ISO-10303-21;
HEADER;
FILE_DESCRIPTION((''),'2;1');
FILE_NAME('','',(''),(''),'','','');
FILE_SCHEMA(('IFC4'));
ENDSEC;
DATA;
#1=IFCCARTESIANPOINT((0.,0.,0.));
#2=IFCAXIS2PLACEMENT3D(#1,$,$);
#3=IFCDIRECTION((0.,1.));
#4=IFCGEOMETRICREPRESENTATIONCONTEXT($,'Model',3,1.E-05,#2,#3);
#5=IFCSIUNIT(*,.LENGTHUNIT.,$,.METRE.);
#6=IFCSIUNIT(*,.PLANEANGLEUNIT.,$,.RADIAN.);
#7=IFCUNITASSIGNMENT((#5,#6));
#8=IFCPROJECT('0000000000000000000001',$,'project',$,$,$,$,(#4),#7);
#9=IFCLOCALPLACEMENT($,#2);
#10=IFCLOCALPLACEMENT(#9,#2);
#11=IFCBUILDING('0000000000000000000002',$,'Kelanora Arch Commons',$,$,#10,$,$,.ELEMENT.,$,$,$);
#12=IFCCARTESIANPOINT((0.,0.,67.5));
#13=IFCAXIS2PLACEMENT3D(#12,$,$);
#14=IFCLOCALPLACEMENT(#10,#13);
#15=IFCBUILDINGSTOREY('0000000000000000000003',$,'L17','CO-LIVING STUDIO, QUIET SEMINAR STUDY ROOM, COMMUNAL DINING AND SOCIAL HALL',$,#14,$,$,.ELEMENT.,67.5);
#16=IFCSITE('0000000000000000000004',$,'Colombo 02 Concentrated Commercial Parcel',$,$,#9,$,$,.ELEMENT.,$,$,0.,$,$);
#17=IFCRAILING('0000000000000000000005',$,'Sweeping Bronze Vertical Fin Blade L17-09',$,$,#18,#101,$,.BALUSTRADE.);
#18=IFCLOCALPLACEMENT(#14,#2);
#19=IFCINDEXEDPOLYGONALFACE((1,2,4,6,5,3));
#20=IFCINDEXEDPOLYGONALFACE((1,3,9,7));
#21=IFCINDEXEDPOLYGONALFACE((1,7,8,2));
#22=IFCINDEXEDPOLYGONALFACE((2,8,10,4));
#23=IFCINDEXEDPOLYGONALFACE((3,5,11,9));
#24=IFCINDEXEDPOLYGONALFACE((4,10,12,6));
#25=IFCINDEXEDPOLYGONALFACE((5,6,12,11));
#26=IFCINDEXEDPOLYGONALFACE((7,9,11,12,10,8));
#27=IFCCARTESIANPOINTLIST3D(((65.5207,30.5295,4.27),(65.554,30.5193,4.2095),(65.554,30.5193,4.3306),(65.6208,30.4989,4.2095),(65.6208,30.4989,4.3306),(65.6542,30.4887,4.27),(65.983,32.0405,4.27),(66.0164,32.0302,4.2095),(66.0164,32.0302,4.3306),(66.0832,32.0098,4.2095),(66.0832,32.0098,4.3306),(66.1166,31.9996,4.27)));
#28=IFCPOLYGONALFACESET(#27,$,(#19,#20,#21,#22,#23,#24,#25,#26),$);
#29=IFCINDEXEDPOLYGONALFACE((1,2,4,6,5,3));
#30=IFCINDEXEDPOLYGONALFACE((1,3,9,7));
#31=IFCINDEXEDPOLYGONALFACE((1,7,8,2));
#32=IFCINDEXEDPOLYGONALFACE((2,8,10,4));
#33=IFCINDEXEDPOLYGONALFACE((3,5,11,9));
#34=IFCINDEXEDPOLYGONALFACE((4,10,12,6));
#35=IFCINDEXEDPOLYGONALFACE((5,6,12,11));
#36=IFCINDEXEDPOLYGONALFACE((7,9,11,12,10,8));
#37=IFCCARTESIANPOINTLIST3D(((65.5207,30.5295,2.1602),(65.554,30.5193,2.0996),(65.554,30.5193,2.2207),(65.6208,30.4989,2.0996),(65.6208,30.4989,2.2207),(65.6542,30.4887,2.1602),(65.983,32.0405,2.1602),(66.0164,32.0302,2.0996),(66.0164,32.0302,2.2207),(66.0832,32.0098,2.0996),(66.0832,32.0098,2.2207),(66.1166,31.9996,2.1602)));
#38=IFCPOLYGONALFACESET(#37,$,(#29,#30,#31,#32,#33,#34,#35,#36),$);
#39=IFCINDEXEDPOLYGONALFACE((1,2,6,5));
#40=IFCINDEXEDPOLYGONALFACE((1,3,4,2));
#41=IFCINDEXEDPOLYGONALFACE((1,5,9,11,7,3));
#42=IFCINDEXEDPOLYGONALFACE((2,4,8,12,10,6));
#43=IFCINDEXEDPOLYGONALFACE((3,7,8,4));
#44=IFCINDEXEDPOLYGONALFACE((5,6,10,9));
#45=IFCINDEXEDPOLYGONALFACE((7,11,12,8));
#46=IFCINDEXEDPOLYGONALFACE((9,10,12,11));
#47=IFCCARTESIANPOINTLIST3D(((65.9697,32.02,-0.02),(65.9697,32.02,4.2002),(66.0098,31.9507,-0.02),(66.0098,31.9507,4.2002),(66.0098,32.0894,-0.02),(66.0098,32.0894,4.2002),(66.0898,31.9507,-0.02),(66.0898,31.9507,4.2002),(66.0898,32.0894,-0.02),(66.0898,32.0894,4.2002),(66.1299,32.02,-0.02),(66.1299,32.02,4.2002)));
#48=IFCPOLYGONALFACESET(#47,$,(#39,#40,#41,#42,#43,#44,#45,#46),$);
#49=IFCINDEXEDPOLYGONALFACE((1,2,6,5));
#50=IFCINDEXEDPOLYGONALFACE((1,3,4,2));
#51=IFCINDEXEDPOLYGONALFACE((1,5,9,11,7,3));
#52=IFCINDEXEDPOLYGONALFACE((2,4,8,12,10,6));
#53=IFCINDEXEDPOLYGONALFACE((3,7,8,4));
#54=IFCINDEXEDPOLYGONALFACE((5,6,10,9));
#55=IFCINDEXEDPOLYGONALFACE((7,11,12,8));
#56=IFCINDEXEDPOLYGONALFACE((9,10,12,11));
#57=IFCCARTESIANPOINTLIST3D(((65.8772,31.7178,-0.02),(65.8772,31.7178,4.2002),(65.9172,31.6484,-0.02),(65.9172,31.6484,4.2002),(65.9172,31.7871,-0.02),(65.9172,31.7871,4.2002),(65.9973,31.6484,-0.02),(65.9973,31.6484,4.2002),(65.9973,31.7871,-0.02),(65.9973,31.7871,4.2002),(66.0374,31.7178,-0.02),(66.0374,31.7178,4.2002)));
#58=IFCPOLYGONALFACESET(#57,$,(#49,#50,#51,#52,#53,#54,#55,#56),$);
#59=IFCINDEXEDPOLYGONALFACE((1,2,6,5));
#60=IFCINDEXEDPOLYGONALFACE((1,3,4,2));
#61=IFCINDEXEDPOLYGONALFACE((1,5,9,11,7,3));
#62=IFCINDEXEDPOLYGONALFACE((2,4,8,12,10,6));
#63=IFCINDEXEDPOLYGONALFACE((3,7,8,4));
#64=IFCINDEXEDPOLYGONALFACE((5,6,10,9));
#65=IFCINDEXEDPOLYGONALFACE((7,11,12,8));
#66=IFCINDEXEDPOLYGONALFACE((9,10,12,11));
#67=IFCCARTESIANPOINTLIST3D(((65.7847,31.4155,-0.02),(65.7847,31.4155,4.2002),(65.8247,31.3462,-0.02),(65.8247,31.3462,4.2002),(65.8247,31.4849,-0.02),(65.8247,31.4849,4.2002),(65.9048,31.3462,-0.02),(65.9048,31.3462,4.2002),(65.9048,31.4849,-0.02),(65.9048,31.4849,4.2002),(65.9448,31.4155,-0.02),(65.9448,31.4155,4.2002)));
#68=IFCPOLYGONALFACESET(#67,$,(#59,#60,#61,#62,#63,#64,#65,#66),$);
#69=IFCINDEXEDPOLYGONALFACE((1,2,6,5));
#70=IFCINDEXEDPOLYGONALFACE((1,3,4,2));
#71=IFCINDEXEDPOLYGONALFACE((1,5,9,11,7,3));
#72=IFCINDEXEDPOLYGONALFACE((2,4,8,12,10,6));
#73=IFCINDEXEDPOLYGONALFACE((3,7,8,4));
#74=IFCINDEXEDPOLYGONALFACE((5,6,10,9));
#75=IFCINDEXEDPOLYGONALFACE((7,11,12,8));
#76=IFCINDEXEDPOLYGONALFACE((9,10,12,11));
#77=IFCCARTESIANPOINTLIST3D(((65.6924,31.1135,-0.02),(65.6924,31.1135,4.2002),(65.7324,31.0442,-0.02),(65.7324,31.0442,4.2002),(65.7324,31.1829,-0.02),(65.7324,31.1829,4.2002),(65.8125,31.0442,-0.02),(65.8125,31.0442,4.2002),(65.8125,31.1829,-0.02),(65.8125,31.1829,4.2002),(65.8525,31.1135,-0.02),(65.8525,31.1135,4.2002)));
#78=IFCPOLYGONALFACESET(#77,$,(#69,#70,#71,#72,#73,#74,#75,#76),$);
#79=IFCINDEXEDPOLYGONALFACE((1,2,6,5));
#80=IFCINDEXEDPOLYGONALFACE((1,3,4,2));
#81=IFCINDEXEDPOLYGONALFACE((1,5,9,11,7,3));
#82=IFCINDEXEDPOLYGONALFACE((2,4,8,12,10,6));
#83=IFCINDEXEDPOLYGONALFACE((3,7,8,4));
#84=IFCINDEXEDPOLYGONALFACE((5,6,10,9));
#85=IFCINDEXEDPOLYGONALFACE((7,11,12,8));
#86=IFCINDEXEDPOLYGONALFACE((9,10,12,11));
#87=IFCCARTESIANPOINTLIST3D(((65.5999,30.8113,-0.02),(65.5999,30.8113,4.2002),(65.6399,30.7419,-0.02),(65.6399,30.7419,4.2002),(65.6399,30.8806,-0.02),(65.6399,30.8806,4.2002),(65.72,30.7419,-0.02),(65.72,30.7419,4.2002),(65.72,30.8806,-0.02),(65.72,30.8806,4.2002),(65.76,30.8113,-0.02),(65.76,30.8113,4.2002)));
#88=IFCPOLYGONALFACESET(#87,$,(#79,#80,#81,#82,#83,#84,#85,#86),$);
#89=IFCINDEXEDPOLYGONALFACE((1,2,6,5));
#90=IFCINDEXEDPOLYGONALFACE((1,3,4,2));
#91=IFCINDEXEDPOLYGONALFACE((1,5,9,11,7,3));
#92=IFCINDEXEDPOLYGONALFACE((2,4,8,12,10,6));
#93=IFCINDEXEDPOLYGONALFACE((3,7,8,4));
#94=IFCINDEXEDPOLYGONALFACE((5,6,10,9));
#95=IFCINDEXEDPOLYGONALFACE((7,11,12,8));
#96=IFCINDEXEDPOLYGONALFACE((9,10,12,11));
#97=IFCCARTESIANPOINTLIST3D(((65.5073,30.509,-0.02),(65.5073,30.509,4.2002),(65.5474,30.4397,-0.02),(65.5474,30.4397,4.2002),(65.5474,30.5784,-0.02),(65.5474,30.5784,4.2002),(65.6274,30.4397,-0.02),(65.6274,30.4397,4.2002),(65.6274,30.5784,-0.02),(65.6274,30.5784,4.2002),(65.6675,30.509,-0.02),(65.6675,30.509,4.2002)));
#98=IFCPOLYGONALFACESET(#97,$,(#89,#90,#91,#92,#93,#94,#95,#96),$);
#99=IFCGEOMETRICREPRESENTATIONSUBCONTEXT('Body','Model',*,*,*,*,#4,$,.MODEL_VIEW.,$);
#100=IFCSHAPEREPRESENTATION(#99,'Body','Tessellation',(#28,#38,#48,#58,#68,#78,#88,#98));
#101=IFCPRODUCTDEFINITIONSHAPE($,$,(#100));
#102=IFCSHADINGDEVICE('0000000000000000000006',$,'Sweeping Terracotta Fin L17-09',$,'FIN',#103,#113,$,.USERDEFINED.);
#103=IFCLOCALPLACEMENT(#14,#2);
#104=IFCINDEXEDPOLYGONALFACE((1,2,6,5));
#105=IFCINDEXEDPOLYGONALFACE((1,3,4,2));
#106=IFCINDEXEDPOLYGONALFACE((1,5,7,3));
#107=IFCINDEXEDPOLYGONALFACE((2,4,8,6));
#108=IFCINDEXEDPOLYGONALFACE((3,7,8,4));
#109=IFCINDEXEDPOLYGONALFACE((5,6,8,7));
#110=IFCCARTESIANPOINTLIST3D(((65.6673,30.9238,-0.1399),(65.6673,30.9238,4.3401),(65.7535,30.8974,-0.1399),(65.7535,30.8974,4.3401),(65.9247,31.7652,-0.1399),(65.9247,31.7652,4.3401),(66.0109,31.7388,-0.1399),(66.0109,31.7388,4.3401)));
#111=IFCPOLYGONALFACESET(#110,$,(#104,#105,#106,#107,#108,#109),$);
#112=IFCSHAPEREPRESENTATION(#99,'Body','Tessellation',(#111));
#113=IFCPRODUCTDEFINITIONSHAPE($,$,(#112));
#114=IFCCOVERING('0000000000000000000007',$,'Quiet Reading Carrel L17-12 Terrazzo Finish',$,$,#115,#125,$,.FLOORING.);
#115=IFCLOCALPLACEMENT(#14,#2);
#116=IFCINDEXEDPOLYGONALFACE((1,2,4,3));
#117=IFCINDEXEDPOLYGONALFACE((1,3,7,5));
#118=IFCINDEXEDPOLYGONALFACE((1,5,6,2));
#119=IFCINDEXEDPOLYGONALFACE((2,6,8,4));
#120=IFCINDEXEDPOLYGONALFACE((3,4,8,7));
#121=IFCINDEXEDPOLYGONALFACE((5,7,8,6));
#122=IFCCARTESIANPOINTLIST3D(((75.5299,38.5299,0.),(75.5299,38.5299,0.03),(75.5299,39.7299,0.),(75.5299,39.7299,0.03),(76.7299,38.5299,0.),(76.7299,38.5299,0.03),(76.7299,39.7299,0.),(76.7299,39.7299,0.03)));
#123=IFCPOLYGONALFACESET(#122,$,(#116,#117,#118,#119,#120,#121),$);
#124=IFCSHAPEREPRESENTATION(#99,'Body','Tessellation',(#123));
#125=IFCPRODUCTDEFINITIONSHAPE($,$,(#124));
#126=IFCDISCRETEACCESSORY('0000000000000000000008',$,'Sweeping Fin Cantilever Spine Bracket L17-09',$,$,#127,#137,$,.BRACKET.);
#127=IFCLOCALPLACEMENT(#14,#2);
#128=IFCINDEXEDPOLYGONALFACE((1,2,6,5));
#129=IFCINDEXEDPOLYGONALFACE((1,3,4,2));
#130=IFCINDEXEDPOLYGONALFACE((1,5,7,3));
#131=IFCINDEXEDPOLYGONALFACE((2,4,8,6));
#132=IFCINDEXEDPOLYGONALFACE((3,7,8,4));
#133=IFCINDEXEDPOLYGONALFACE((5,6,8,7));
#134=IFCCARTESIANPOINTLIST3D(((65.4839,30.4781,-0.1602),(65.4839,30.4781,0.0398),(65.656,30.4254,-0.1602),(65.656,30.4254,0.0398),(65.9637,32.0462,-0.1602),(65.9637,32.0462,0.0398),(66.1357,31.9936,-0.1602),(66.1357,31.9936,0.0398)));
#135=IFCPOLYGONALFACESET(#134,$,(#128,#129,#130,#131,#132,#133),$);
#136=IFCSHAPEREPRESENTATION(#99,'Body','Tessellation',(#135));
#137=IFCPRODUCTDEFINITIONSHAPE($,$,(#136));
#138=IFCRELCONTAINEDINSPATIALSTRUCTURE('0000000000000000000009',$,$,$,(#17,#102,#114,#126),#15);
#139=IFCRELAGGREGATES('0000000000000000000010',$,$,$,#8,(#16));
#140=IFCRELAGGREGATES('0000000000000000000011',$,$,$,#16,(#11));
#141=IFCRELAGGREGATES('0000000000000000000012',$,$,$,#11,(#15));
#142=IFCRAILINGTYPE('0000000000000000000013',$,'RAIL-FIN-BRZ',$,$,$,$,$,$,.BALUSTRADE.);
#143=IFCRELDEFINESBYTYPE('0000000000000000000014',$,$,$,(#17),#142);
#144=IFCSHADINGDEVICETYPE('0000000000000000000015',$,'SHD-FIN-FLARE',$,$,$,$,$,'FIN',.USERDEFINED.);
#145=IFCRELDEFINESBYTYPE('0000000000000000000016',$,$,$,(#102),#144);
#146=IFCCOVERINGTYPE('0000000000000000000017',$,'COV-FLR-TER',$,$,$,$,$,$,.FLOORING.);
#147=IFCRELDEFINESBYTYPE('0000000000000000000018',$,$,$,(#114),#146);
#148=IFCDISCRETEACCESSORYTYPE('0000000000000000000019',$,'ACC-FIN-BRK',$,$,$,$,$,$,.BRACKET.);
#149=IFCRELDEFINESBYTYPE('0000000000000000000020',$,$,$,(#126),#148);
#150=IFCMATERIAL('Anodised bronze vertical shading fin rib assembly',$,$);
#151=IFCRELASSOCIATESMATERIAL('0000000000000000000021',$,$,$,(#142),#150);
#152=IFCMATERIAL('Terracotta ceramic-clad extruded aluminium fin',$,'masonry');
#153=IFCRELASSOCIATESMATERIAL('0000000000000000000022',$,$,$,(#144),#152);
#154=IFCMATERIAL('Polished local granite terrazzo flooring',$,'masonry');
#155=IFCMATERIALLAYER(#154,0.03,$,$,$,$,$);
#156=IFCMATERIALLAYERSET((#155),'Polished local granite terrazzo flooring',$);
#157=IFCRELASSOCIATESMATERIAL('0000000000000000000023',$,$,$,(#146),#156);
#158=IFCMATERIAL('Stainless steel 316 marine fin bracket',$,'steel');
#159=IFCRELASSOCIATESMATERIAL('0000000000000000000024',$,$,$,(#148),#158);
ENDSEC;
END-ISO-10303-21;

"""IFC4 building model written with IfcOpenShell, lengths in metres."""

from ifc_helpers import new_model, si_unit, direction, frame, origin, origin_2d, place, context, subcontext, project, spatial, polyline, rectangle, outline, extrude, source, transform, mapped, material, layer, layer_set, type_object, element, save


model = new_model("IFC4")

# Units and contexts
model_context = context("Model", 3, precision=1e-05, world=origin(), true_north=direction((0.0, 1.0)))
body_context = subcontext(model_context, "Body", "Model", "MODEL_VIEW")
ifc_project = project(units=[si_unit("LENGTHUNIT", "METRE"), si_unit("PLANEANGLEUNIT", "RADIAN")], contexts=[model_context])

# Site, building, storey
site_placement = place(None, origin())
site = spatial("IfcSite", under=ifc_project, at=site_placement, Name="Colombo 02 Concentrated Commercial Parcel", CompositionType="ELEMENT", RefElevation=0.0)
building_placement = place(site_placement, origin())
building = spatial("IfcBuilding", under=site, at=building_placement, Name="Kelanora Arch Commons", CompositionType="ELEMENT")
storey_placement = place(building_placement, frame((0.0, 0.0, 67.5)))
storey = spatial("IfcBuildingStorey", under=building, at=storey_placement, Name="L17", Description="CO-LIVING STUDIO, QUIET SEMINAR STUDY ROOM, COMMUNAL DINING AND SOCIAL HALL", CompositionType="ELEMENT", Elevation=67.5)

# Railing
ifc_material_1 = material(Name="Anodised bronze vertical shading fin rib assembly")
railing_type = type_object("IfcRailingType", Name="RAIL-FIN-BRZ", PredefinedType="BALUSTRADE", material=ifc_material_1)
railing_placement = place(storey_placement, frame((66.0498, 32.02, -0.02)))
element("IfcRailing", 1, at=railing_placement, inside=storey, type_object=railing_type, Name="Sweeping Bronze Vertical Fin Blade L17-09", PredefinedType="BALUSTRADE", context=body_context, shape_type="SweptSolid", body=[
    extrude(outline(polyline([(0.0698, 0.0), (0.0349, 0.0605), (-0.0349, 0.0605), (-0.0698, 0.0), (-0.0349, -0.0605), (0.0349, -0.0605), (0.0698, 0.0)])), frame((0.0, 0.0, 4.29), z_axis=(-0.292631, -0.956226, 0.0), x_axis=(0.956226, -0.292631, 0.0)), (0.0, 0.0, 1.0), 1.5801),
    extrude(outline(polyline([(0.0698, 0.0), (0.0349, 0.0605), (-0.0349, 0.0605), (-0.0698, 0.0), (-0.0349, -0.0605), (0.0349, -0.0605), (0.0698, 0.0)])), frame((0.0, 0.0, 2.1802), z_axis=(-0.292631, -0.956226, 0.0), x_axis=(0.956226, -0.292631, 0.0)), (0.0, 0.0, 1.0), 1.5801),
    extrude(outline(polyline([(0.0801, 0.0), (0.04, 0.0693), (-0.04, 0.0693), (-0.0801, 0.0), (-0.04, -0.0693), (0.04, -0.0693), (0.0801, 0.0)])), origin(), (0.0, 0.0, 1.0), 4.2202),
    extrude(outline(polyline([(0.0801, 0.0), (0.04, 0.0693), (-0.04, 0.0693), (-0.0801, 0.0), (-0.04, -0.0693), (0.04, -0.0693), (0.0801, 0.0)])), frame((-0.0925, -0.3022, 0.0)), (0.0, 0.0, 1.0), 4.2202),
    extrude(outline(polyline([(0.0801, 0.0), (0.04, 0.0693), (-0.04, 0.0693), (-0.0801, 0.0), (-0.04, -0.0693), (0.04, -0.0693), (0.0801, 0.0)])), frame((-0.1851, -0.6045, 0.0)), (0.0, 0.0, 1.0), 4.2202),
    extrude(outline(polyline([(0.0801, 0.0), (0.04, 0.0693), (-0.04, 0.0693), (-0.0801, 0.0), (-0.04, -0.0693), (0.04, -0.0693), (0.0801, 0.0)])), frame((-0.2773, -0.9065, 0.0)), (0.0, 0.0, 1.0), 4.2202),
    extrude(outline(polyline([(0.0801, 0.0), (0.04, 0.0693), (-0.04, 0.0693), (-0.0801, 0.0), (-0.04, -0.0693), (0.04, -0.0693), (0.0801, 0.0)])), frame((-0.3699, -1.2087, 0.0)), (0.0, 0.0, 1.0), 4.2202),
    extrude(outline(polyline([(0.0801, 0.0), (0.04, 0.0693), (-0.04, 0.0693), (-0.0801, 0.0), (-0.04, -0.0693), (0.04, -0.0693), (0.0801, 0.0)])), frame((-0.4624, -1.511, 0.0)), (0.0, 0.0, 1.0), 4.2202),
])

# Shading device
ifc_material_2 = material(Name="Terracotta ceramic-clad extruded aluminium fin", Category="masonry")
shading_device_type = type_object("IfcShadingDeviceType", Name="SHD-FIN-FLARE", ElementType="FIN", PredefinedType="USERDEFINED", material=ifc_material_2)
shared_shape_1 = source(origin(), body_context, "Body", "SweptSolid", [
    extrude(rectangle(XDim=0.8799, YDim=0.0901, at=origin_2d()), origin(), (0.0, 0.0, 1.0), 4.48),
])
shading_device_placement = place(storey_placement, frame((65.8391, 31.3313, -0.1399), z_axis=(0.0, 0.0, 1.0), x_axis=(-0.292539, -0.956254, 0.0)))
element("IfcShadingDevice", 2, at=shading_device_placement, inside=storey, type_object=shading_device_type, Name="Sweeping Terracotta Fin L17-09", ObjectType="FIN", PredefinedType="USERDEFINED", context=body_context, shape_type="MappedRepresentation", body=[
    mapped(shared_shape_1, transform((0.0, 0.0, 0.0), scale=1.0)),
])

# Covering
ifc_material_3 = material(Name="Polished local granite terrazzo flooring", Category="masonry")
ifc_layer_1 = layer(ifc_material_3, 0.03)
ifc_layer_set_1 = layer_set([ifc_layer_1], Name="Polished local granite terrazzo flooring")
covering_type = type_object("IfcCoveringType", Name="COV-FLR-TER", PredefinedType="FLOORING", material=ifc_layer_set_1)
shared_shape_2 = source(origin(), body_context, "Body", "SweptSolid", [
    extrude(rectangle(XDim=1.2, YDim=1.2, at=origin_2d()), origin(), (0.0, 0.0, 1.0), 0.03),
])
covering_placement = place(storey_placement, frame((76.1299, 39.1299, 0.0), z_axis=(0.0, 0.0, 1.0), x_axis=(1.0, 0.0, 0.0)))
element("IfcCovering", 3, at=covering_placement, inside=storey, type_object=covering_type, Name="Quiet Reading Carrel L17-12 Terrazzo Finish", PredefinedType="FLOORING", context=body_context, shape_type="MappedRepresentation", body=[
    mapped(shared_shape_2, transform((0.0, 0.0, 0.0), scale=1.0)),
])

# Discrete accessory
ifc_material_4 = material(Name="Stainless steel 316 marine fin bracket", Category="steel")
discrete_accessory_type = type_object("IfcDiscreteAccessoryType", Name="ACC-FIN-BRK", PredefinedType="BRACKET", material=ifc_material_4)
shared_shape_3 = source(origin(), body_context, "Body", "SweptSolid", [
    extrude(rectangle(XDim=1.6399, YDim=0.1799, at=origin_2d()), origin(), (0.0, 0.0, 1.0), 0.2),
])
discrete_accessory_placement = place(storey_placement, frame((65.8098, 31.2358, -0.1602), z_axis=(0.0, 0.0, 1.0), x_axis=(-0.292539, -0.956254, 0.0)))
element("IfcDiscreteAccessory", 4, at=discrete_accessory_placement, inside=storey, type_object=discrete_accessory_type, Name="Sweeping Fin Cantilever Spine Bracket L17-09", PredefinedType="BRACKET", context=body_context, shape_type="MappedRepresentation", body=[
    mapped(shared_shape_3, transform((0.0, 0.0, 0.0), scale=1.0)),
])

save(model, "model.ifc")
